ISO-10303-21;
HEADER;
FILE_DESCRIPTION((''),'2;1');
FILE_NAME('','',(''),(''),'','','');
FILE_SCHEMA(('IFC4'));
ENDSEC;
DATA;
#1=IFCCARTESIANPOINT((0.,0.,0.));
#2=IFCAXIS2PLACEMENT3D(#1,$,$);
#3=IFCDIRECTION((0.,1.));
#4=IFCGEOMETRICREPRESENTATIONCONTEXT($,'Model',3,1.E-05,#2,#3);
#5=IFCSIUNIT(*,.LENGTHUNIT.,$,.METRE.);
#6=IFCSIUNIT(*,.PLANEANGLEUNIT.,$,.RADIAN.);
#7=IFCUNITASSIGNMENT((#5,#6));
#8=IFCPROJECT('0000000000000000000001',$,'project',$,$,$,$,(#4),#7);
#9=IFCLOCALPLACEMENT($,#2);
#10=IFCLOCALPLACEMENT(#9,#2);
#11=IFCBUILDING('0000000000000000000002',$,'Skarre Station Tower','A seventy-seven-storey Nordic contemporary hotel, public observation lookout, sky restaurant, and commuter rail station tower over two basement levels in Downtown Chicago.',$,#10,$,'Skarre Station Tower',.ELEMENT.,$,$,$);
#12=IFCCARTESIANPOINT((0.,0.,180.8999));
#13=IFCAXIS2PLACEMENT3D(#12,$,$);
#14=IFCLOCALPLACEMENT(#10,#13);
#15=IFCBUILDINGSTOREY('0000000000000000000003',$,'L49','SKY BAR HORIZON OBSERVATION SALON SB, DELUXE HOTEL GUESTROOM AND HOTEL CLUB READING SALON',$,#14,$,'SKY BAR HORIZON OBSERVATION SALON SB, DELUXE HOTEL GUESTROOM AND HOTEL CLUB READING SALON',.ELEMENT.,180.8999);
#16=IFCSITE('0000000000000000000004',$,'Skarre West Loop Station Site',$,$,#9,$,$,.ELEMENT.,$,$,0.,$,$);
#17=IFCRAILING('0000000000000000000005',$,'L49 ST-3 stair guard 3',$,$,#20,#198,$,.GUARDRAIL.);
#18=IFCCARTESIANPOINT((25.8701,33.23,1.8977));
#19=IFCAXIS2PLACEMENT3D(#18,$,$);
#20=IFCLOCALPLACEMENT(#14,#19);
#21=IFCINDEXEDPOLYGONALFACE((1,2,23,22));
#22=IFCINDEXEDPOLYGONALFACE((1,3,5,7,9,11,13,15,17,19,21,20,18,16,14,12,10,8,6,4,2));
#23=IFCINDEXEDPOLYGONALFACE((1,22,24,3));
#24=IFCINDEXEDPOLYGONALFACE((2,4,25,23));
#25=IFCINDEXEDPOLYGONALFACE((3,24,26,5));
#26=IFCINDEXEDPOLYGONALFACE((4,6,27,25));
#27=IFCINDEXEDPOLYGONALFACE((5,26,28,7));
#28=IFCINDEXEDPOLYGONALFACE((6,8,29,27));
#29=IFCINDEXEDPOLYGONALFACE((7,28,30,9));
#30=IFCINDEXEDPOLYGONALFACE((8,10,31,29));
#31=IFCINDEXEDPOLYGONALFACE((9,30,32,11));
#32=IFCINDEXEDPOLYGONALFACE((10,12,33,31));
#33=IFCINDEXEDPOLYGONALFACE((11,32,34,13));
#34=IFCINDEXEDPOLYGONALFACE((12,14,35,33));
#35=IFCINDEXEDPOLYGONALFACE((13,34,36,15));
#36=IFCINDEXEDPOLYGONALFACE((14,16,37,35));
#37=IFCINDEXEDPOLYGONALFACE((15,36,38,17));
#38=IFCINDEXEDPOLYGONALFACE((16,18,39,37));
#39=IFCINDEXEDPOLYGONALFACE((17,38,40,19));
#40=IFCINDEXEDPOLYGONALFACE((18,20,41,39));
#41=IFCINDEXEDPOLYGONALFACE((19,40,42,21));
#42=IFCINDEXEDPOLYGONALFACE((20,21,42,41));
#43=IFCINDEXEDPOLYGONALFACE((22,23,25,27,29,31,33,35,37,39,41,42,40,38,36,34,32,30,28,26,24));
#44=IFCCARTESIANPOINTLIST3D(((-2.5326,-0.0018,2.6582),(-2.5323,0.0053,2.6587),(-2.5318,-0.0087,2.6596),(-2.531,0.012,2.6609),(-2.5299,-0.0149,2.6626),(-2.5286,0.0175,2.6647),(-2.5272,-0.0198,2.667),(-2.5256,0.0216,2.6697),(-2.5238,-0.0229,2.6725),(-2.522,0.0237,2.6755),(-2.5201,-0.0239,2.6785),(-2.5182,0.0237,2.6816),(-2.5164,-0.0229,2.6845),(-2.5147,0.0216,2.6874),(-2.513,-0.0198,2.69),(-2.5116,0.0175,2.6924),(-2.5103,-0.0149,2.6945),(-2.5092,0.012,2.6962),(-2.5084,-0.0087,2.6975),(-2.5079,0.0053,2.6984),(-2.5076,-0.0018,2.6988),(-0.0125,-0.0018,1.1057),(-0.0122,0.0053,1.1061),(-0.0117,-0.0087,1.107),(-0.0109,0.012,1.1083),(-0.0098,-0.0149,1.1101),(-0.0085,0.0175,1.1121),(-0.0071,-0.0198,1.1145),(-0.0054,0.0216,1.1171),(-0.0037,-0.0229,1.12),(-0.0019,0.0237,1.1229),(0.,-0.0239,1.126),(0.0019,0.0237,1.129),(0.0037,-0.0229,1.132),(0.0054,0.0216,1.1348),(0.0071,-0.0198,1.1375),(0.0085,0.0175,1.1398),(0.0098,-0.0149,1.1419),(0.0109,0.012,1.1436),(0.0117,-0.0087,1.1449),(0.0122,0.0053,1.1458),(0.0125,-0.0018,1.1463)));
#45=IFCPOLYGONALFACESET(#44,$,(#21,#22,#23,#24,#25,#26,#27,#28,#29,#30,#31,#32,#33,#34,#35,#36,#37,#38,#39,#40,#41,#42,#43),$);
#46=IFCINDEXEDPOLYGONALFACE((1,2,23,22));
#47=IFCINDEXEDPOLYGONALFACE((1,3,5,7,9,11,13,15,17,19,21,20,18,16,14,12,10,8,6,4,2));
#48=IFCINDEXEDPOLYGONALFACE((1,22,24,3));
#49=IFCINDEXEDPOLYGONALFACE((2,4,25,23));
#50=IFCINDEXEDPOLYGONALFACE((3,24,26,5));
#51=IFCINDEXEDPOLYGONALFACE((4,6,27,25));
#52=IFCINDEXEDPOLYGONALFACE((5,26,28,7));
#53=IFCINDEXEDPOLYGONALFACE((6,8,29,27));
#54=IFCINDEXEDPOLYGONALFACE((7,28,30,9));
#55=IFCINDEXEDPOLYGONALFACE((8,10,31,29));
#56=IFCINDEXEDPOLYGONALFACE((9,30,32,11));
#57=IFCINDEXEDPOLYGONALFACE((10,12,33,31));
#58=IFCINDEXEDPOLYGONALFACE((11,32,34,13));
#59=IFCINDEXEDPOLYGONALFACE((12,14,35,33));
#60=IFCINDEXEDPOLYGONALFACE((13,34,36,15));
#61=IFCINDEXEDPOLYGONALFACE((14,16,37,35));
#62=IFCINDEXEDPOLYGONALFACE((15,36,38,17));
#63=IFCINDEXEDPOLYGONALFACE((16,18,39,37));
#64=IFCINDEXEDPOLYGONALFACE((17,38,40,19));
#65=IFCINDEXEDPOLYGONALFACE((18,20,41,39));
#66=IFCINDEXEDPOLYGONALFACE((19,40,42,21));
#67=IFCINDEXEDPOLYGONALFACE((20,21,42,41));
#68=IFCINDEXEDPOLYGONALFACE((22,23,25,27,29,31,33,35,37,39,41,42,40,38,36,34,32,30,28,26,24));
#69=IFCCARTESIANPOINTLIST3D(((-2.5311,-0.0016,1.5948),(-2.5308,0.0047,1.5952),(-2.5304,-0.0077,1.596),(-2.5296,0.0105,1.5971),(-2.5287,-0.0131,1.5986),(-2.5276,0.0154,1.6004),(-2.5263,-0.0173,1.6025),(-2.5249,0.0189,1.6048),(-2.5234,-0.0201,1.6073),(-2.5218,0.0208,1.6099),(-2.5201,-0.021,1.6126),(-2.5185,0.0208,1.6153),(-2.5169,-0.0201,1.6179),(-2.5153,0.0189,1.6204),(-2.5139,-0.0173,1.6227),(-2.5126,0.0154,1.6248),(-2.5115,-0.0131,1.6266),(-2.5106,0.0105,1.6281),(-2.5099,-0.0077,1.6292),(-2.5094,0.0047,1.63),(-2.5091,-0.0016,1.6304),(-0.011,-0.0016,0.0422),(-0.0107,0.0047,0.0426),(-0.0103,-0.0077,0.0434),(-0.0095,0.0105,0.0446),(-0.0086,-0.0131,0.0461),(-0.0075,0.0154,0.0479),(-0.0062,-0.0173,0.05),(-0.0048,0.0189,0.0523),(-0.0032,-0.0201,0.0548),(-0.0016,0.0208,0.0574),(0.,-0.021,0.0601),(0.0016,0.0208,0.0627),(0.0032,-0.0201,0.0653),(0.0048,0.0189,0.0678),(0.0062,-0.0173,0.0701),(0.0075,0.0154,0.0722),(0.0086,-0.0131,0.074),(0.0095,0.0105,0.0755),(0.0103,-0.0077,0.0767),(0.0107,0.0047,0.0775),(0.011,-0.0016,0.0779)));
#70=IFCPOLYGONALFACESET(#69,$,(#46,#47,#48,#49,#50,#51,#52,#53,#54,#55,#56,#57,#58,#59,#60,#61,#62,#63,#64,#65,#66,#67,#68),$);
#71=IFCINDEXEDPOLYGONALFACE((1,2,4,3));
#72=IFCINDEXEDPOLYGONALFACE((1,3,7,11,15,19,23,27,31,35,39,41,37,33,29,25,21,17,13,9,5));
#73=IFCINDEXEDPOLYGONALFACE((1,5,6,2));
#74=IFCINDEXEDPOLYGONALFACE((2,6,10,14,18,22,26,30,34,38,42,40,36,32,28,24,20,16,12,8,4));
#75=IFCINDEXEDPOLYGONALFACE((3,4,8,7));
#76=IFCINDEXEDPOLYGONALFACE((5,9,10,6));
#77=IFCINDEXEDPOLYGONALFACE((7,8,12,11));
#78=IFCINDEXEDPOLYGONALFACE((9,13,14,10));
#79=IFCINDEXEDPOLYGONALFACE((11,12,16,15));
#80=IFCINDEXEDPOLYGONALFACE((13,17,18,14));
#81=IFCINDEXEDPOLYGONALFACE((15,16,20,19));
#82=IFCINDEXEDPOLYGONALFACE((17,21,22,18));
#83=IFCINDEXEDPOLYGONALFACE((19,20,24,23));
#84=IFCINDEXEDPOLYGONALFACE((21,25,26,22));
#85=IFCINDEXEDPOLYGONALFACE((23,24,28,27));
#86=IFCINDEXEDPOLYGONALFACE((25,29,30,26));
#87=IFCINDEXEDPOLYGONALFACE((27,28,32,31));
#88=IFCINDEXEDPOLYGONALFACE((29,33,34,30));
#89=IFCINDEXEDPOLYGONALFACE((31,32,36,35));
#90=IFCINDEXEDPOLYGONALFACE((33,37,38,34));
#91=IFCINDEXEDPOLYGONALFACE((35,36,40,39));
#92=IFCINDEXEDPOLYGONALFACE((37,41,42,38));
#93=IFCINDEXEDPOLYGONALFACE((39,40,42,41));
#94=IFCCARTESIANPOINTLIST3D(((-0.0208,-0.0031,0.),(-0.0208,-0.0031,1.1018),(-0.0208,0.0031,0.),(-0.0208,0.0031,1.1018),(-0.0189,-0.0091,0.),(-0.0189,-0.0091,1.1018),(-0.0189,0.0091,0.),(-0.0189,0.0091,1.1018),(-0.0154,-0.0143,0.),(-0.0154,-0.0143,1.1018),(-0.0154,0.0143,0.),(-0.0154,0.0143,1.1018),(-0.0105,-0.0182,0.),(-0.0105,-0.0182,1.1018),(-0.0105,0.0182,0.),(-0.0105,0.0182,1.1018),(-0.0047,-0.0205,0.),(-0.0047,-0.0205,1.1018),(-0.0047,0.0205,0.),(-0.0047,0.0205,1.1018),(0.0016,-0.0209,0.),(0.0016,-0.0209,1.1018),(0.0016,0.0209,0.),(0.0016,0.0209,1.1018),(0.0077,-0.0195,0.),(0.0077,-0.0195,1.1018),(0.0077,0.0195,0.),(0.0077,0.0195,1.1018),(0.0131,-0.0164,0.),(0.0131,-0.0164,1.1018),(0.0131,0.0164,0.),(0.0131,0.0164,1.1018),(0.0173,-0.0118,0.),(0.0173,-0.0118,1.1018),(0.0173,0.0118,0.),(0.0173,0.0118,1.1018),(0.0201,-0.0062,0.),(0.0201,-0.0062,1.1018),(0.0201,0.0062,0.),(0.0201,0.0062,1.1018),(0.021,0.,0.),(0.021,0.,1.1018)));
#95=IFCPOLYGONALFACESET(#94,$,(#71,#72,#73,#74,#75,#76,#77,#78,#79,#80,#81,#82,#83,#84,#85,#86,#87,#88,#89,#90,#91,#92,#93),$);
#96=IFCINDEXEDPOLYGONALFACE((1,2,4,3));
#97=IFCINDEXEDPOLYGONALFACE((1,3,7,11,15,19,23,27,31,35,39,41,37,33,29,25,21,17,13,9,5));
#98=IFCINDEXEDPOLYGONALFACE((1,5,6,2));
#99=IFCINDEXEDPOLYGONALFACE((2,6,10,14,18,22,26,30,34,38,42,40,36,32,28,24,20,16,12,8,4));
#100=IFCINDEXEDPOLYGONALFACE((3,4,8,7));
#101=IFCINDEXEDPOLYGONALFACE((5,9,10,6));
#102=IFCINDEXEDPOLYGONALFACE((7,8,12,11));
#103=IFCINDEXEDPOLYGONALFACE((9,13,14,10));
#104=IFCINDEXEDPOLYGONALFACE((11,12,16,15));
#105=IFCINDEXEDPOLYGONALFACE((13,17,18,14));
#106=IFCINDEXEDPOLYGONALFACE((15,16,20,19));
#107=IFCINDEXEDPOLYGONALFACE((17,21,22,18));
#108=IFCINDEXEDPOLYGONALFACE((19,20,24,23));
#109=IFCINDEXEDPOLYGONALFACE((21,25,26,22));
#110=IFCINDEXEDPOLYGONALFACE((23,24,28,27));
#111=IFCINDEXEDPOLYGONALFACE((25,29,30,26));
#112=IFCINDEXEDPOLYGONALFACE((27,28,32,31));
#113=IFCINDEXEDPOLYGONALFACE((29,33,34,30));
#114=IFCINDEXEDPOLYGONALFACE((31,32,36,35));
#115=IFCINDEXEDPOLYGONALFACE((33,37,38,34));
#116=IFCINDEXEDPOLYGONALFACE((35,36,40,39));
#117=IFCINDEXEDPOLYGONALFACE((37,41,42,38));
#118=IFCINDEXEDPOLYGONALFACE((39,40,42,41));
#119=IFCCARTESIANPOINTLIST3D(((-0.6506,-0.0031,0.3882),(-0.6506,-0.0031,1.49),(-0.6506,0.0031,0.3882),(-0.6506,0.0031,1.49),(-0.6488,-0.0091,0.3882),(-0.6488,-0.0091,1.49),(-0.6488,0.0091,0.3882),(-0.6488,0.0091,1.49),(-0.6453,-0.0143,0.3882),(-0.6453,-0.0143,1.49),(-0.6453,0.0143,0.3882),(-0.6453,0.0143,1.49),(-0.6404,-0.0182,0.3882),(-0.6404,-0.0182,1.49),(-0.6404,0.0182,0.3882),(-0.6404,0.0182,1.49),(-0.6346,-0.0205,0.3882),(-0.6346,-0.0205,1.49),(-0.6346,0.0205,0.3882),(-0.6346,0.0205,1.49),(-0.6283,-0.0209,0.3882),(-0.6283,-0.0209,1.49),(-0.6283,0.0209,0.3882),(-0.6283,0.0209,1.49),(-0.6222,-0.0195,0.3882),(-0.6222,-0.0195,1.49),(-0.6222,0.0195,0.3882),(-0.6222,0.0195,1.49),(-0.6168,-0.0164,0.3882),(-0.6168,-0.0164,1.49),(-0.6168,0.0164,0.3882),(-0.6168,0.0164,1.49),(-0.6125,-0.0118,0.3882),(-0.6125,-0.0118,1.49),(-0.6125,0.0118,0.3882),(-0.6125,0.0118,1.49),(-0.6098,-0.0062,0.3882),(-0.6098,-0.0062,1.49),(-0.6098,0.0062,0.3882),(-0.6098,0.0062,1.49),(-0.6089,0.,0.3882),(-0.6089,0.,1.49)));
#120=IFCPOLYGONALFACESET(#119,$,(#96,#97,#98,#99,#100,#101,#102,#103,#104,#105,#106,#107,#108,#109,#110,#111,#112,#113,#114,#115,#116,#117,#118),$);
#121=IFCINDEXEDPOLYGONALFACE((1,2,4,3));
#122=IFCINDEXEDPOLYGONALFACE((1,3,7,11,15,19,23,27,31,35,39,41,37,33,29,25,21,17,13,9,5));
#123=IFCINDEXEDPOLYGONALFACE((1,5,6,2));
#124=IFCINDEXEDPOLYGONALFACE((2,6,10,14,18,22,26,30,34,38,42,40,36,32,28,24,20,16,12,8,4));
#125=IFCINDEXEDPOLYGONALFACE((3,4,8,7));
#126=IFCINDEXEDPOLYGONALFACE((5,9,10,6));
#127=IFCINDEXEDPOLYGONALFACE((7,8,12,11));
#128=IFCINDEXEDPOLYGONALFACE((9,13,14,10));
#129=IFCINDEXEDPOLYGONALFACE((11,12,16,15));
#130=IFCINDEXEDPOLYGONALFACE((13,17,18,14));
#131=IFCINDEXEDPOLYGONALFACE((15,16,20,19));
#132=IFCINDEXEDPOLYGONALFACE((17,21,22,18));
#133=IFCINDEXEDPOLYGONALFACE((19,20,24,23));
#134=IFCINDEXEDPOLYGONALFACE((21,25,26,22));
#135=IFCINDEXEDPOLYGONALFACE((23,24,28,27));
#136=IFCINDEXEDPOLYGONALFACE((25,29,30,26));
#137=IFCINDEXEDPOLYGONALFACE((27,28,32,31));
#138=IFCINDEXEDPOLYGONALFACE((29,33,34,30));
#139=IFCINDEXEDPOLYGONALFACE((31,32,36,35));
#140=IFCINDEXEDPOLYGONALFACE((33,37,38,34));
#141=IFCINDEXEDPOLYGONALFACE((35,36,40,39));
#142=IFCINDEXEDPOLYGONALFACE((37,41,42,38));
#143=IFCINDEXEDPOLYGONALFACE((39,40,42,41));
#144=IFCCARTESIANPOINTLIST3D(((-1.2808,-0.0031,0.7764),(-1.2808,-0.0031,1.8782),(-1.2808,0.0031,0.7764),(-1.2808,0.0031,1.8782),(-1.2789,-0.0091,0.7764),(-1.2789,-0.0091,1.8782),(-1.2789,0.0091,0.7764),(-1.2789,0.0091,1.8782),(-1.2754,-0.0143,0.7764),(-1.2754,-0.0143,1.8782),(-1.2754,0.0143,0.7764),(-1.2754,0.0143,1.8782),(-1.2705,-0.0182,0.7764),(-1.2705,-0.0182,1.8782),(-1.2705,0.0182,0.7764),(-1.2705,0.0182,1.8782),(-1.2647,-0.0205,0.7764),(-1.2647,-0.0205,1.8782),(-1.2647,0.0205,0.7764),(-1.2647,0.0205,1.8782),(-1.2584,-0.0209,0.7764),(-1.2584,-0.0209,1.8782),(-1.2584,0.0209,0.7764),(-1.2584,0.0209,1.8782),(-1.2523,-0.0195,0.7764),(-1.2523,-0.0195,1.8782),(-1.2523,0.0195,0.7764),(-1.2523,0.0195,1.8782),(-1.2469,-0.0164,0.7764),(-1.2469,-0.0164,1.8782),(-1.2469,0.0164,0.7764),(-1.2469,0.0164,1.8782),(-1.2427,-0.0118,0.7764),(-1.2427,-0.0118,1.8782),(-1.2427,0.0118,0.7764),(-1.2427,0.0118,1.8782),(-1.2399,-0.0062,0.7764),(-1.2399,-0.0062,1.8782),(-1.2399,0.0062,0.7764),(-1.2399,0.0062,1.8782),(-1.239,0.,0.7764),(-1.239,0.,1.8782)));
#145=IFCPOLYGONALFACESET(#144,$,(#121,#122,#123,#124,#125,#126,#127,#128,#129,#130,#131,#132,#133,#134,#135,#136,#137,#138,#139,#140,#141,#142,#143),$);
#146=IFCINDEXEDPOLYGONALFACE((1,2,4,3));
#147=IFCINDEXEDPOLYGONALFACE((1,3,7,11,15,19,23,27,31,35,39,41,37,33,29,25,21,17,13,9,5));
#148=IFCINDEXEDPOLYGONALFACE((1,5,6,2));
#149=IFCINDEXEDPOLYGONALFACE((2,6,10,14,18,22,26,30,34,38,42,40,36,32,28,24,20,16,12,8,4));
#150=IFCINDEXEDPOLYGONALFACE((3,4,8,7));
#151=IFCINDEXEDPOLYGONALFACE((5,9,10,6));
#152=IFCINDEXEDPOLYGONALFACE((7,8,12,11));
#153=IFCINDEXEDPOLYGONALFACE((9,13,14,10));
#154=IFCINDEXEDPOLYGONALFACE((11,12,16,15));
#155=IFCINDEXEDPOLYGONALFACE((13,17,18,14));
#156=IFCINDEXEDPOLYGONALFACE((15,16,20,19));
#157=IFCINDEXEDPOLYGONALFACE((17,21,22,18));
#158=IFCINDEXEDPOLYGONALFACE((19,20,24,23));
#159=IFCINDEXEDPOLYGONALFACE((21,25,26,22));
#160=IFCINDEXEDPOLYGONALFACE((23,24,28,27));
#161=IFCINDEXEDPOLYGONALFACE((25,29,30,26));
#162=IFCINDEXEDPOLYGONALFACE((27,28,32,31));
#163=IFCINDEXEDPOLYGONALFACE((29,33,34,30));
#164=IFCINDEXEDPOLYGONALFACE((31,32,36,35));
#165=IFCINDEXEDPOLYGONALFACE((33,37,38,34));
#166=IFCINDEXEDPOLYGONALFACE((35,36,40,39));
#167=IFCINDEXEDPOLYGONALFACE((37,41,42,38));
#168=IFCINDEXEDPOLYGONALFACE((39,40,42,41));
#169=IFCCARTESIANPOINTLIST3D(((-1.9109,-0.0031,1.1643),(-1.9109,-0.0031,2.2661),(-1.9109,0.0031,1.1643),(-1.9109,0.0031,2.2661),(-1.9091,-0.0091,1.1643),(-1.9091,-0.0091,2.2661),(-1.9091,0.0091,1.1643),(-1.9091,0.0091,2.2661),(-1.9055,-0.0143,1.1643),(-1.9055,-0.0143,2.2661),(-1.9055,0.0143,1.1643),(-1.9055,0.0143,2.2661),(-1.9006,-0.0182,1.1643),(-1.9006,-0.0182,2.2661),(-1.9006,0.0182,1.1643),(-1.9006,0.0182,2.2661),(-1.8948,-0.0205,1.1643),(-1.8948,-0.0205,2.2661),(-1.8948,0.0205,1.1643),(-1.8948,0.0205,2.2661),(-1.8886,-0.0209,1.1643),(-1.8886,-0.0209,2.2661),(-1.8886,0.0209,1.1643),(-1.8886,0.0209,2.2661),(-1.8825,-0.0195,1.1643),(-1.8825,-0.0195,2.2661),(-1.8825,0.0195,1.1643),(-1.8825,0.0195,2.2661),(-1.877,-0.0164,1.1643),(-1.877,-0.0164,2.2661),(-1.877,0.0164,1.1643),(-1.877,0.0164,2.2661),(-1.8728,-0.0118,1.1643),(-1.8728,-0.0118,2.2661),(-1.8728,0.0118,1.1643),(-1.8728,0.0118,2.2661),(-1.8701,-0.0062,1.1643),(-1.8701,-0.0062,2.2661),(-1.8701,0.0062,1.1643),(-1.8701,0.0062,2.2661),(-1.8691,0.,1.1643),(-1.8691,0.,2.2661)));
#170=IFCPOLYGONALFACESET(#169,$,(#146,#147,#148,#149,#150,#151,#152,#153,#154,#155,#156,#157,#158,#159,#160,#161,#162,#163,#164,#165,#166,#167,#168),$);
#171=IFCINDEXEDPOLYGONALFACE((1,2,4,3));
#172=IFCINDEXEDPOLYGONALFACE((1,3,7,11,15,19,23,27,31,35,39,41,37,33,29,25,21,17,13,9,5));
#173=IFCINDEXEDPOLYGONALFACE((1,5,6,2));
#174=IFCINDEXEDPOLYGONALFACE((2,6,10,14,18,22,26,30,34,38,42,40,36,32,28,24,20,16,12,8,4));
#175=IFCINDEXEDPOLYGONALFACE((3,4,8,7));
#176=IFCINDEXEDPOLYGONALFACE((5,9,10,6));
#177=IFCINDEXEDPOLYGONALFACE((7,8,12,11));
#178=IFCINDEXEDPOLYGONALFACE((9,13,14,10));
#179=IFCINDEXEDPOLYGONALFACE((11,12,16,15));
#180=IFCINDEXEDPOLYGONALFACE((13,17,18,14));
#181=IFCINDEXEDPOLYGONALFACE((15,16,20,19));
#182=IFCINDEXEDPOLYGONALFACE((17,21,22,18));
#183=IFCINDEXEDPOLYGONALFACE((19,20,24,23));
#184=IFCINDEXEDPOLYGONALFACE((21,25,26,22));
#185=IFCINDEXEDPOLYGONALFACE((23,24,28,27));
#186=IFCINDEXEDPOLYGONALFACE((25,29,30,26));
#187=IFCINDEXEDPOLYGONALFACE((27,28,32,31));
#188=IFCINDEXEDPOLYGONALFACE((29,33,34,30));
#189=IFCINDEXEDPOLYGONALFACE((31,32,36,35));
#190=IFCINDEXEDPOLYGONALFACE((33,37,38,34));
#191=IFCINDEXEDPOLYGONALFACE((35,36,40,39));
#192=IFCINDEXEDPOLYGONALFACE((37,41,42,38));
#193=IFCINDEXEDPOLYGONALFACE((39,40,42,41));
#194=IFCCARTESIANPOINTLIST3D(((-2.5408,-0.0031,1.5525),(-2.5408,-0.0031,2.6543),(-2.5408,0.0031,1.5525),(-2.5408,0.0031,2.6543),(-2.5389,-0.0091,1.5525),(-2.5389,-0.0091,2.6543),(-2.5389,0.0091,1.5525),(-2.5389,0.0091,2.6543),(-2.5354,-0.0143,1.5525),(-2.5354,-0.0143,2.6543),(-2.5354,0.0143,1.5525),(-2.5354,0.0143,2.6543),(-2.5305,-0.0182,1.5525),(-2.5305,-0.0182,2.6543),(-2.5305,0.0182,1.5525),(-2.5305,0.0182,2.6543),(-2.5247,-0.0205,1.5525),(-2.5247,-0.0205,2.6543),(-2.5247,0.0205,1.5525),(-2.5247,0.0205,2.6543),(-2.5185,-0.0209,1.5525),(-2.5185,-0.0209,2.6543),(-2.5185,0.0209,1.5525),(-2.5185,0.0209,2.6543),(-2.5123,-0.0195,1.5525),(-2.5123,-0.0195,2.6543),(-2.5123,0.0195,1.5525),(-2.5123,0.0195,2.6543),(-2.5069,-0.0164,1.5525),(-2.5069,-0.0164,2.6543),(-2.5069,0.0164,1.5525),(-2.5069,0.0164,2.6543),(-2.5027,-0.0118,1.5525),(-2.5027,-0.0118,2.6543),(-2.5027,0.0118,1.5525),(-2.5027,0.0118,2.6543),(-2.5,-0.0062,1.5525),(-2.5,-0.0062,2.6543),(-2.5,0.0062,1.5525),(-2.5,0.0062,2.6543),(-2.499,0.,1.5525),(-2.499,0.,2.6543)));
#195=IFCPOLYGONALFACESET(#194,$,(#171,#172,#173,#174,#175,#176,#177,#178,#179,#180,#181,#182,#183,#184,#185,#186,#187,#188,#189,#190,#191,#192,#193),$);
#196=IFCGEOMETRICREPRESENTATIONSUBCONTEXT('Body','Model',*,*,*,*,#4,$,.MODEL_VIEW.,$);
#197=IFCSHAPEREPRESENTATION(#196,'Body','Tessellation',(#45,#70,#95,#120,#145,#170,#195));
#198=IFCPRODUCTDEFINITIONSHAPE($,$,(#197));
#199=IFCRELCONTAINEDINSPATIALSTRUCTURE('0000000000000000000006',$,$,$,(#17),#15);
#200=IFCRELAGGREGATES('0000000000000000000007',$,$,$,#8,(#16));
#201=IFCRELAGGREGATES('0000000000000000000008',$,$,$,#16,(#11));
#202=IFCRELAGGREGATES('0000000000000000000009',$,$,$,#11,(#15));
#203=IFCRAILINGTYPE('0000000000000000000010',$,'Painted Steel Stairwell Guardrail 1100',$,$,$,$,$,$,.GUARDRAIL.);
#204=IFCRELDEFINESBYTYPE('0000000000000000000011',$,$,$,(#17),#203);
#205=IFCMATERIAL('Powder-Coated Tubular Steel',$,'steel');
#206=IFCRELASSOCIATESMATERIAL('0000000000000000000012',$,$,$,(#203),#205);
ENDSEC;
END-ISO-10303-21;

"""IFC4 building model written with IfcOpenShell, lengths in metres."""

from ifc_helpers import new_model, si_unit, direction, frame, origin, origin_2d, place, context, subcontext, project, spatial, circle, extrude, material, type_object, element, save


model = new_model("IFC4")

# Units and contexts
model_context = context("Model", 3, precision=1e-05, world=origin(), true_north=direction((0.0, 1.0)))
body_context = subcontext(model_context, "Body", "Model", "MODEL_VIEW")
ifc_project = project(units=[si_unit("LENGTHUNIT", "METRE"), si_unit("PLANEANGLEUNIT", "RADIAN")], contexts=[model_context])

# Site, building, storey
site_placement = place(None, origin())
site = spatial("IfcSite", under=ifc_project, at=site_placement, Name="Skarre West Loop Station Site", CompositionType="ELEMENT", RefElevation=0.0)
building_placement = place(site_placement, origin())
building = spatial("IfcBuilding", under=site, at=building_placement, Name="Skarre Station Tower", Description="A seventy-seven-storey Nordic contemporary hotel, public observation lookout, sky restaurant, and commuter rail station tower over two basement levels in Downtown Chicago.", LongName="Skarre Station Tower", CompositionType="ELEMENT")
storey_placement = place(building_placement, frame((0.0, 0.0, 180.8999)))
storey = spatial("IfcBuildingStorey", under=building, at=storey_placement, Name="L49", Description="SKY BAR HORIZON OBSERVATION SALON SB, DELUXE HOTEL GUESTROOM AND HOTEL CLUB READING SALON", LongName="SKY BAR HORIZON OBSERVATION SALON SB, DELUXE HOTEL GUESTROOM AND HOTEL CLUB READING SALON", CompositionType="ELEMENT", Elevation=180.8999)

# Railing
ifc_material_1 = material(Name="Powder-Coated Tubular Steel", Category="steel")
railing_type_1 = type_object("IfcRailingType", Name="Painted Steel Stairwell Guardrail 1100", PredefinedType="GUARDRAIL", material=ifc_material_1)
railing_1_placement = place(storey_placement, frame((25.8701, 33.23, 1.8977)))
element("IfcRailing", 1, at=railing_1_placement, inside=storey, type_object=railing_type_1, Name="L49 ST-3 stair guard 3", PredefinedType="GUARDRAIL", context=body_context, shape_type="SweptSolid", body=[
    extrude(circle(Radius=0.0239, at=origin_2d()), frame((0.0, 0.0, 1.126), z_axis=(-0.8514, 0.0, 0.524516), x_axis=(0.0, -1.0, 0.0)), (0.0, 0.0, 1.0), 2.96),
    extrude(circle(Radius=0.021, at=origin_2d()), frame((0.0, 0.0, 0.0601), z_axis=(-0.8514, 0.0, 0.524516), x_axis=(0.0, -1.0, 0.0)), (0.0, 0.0, 1.0), 2.96),
    extrude(circle(Radius=0.021, at=origin_2d()), origin(), (0.0, 0.0, 1.0), 1.1018),
    extrude(circle(Radius=0.021, at=origin_2d()), frame((-0.6299, 0.0, 0.3882)), (0.0, 0.0, 1.0), 1.1018),
    extrude(circle(Radius=0.021, at=origin_2d()), frame((-1.26, 0.0, 0.7764)), (0.0, 0.0, 1.0), 1.1018),
    extrude(circle(Radius=0.021, at=origin_2d()), frame((-1.8901, 0.0, 1.1643)), (0.0, 0.0, 1.0), 1.1018),
    extrude(circle(Radius=0.021, at=origin_2d()), frame((-2.52, 0.0, 1.5525)), (0.0, 0.0, 1.0), 1.1018),
])

save(model, "model.ifc")
